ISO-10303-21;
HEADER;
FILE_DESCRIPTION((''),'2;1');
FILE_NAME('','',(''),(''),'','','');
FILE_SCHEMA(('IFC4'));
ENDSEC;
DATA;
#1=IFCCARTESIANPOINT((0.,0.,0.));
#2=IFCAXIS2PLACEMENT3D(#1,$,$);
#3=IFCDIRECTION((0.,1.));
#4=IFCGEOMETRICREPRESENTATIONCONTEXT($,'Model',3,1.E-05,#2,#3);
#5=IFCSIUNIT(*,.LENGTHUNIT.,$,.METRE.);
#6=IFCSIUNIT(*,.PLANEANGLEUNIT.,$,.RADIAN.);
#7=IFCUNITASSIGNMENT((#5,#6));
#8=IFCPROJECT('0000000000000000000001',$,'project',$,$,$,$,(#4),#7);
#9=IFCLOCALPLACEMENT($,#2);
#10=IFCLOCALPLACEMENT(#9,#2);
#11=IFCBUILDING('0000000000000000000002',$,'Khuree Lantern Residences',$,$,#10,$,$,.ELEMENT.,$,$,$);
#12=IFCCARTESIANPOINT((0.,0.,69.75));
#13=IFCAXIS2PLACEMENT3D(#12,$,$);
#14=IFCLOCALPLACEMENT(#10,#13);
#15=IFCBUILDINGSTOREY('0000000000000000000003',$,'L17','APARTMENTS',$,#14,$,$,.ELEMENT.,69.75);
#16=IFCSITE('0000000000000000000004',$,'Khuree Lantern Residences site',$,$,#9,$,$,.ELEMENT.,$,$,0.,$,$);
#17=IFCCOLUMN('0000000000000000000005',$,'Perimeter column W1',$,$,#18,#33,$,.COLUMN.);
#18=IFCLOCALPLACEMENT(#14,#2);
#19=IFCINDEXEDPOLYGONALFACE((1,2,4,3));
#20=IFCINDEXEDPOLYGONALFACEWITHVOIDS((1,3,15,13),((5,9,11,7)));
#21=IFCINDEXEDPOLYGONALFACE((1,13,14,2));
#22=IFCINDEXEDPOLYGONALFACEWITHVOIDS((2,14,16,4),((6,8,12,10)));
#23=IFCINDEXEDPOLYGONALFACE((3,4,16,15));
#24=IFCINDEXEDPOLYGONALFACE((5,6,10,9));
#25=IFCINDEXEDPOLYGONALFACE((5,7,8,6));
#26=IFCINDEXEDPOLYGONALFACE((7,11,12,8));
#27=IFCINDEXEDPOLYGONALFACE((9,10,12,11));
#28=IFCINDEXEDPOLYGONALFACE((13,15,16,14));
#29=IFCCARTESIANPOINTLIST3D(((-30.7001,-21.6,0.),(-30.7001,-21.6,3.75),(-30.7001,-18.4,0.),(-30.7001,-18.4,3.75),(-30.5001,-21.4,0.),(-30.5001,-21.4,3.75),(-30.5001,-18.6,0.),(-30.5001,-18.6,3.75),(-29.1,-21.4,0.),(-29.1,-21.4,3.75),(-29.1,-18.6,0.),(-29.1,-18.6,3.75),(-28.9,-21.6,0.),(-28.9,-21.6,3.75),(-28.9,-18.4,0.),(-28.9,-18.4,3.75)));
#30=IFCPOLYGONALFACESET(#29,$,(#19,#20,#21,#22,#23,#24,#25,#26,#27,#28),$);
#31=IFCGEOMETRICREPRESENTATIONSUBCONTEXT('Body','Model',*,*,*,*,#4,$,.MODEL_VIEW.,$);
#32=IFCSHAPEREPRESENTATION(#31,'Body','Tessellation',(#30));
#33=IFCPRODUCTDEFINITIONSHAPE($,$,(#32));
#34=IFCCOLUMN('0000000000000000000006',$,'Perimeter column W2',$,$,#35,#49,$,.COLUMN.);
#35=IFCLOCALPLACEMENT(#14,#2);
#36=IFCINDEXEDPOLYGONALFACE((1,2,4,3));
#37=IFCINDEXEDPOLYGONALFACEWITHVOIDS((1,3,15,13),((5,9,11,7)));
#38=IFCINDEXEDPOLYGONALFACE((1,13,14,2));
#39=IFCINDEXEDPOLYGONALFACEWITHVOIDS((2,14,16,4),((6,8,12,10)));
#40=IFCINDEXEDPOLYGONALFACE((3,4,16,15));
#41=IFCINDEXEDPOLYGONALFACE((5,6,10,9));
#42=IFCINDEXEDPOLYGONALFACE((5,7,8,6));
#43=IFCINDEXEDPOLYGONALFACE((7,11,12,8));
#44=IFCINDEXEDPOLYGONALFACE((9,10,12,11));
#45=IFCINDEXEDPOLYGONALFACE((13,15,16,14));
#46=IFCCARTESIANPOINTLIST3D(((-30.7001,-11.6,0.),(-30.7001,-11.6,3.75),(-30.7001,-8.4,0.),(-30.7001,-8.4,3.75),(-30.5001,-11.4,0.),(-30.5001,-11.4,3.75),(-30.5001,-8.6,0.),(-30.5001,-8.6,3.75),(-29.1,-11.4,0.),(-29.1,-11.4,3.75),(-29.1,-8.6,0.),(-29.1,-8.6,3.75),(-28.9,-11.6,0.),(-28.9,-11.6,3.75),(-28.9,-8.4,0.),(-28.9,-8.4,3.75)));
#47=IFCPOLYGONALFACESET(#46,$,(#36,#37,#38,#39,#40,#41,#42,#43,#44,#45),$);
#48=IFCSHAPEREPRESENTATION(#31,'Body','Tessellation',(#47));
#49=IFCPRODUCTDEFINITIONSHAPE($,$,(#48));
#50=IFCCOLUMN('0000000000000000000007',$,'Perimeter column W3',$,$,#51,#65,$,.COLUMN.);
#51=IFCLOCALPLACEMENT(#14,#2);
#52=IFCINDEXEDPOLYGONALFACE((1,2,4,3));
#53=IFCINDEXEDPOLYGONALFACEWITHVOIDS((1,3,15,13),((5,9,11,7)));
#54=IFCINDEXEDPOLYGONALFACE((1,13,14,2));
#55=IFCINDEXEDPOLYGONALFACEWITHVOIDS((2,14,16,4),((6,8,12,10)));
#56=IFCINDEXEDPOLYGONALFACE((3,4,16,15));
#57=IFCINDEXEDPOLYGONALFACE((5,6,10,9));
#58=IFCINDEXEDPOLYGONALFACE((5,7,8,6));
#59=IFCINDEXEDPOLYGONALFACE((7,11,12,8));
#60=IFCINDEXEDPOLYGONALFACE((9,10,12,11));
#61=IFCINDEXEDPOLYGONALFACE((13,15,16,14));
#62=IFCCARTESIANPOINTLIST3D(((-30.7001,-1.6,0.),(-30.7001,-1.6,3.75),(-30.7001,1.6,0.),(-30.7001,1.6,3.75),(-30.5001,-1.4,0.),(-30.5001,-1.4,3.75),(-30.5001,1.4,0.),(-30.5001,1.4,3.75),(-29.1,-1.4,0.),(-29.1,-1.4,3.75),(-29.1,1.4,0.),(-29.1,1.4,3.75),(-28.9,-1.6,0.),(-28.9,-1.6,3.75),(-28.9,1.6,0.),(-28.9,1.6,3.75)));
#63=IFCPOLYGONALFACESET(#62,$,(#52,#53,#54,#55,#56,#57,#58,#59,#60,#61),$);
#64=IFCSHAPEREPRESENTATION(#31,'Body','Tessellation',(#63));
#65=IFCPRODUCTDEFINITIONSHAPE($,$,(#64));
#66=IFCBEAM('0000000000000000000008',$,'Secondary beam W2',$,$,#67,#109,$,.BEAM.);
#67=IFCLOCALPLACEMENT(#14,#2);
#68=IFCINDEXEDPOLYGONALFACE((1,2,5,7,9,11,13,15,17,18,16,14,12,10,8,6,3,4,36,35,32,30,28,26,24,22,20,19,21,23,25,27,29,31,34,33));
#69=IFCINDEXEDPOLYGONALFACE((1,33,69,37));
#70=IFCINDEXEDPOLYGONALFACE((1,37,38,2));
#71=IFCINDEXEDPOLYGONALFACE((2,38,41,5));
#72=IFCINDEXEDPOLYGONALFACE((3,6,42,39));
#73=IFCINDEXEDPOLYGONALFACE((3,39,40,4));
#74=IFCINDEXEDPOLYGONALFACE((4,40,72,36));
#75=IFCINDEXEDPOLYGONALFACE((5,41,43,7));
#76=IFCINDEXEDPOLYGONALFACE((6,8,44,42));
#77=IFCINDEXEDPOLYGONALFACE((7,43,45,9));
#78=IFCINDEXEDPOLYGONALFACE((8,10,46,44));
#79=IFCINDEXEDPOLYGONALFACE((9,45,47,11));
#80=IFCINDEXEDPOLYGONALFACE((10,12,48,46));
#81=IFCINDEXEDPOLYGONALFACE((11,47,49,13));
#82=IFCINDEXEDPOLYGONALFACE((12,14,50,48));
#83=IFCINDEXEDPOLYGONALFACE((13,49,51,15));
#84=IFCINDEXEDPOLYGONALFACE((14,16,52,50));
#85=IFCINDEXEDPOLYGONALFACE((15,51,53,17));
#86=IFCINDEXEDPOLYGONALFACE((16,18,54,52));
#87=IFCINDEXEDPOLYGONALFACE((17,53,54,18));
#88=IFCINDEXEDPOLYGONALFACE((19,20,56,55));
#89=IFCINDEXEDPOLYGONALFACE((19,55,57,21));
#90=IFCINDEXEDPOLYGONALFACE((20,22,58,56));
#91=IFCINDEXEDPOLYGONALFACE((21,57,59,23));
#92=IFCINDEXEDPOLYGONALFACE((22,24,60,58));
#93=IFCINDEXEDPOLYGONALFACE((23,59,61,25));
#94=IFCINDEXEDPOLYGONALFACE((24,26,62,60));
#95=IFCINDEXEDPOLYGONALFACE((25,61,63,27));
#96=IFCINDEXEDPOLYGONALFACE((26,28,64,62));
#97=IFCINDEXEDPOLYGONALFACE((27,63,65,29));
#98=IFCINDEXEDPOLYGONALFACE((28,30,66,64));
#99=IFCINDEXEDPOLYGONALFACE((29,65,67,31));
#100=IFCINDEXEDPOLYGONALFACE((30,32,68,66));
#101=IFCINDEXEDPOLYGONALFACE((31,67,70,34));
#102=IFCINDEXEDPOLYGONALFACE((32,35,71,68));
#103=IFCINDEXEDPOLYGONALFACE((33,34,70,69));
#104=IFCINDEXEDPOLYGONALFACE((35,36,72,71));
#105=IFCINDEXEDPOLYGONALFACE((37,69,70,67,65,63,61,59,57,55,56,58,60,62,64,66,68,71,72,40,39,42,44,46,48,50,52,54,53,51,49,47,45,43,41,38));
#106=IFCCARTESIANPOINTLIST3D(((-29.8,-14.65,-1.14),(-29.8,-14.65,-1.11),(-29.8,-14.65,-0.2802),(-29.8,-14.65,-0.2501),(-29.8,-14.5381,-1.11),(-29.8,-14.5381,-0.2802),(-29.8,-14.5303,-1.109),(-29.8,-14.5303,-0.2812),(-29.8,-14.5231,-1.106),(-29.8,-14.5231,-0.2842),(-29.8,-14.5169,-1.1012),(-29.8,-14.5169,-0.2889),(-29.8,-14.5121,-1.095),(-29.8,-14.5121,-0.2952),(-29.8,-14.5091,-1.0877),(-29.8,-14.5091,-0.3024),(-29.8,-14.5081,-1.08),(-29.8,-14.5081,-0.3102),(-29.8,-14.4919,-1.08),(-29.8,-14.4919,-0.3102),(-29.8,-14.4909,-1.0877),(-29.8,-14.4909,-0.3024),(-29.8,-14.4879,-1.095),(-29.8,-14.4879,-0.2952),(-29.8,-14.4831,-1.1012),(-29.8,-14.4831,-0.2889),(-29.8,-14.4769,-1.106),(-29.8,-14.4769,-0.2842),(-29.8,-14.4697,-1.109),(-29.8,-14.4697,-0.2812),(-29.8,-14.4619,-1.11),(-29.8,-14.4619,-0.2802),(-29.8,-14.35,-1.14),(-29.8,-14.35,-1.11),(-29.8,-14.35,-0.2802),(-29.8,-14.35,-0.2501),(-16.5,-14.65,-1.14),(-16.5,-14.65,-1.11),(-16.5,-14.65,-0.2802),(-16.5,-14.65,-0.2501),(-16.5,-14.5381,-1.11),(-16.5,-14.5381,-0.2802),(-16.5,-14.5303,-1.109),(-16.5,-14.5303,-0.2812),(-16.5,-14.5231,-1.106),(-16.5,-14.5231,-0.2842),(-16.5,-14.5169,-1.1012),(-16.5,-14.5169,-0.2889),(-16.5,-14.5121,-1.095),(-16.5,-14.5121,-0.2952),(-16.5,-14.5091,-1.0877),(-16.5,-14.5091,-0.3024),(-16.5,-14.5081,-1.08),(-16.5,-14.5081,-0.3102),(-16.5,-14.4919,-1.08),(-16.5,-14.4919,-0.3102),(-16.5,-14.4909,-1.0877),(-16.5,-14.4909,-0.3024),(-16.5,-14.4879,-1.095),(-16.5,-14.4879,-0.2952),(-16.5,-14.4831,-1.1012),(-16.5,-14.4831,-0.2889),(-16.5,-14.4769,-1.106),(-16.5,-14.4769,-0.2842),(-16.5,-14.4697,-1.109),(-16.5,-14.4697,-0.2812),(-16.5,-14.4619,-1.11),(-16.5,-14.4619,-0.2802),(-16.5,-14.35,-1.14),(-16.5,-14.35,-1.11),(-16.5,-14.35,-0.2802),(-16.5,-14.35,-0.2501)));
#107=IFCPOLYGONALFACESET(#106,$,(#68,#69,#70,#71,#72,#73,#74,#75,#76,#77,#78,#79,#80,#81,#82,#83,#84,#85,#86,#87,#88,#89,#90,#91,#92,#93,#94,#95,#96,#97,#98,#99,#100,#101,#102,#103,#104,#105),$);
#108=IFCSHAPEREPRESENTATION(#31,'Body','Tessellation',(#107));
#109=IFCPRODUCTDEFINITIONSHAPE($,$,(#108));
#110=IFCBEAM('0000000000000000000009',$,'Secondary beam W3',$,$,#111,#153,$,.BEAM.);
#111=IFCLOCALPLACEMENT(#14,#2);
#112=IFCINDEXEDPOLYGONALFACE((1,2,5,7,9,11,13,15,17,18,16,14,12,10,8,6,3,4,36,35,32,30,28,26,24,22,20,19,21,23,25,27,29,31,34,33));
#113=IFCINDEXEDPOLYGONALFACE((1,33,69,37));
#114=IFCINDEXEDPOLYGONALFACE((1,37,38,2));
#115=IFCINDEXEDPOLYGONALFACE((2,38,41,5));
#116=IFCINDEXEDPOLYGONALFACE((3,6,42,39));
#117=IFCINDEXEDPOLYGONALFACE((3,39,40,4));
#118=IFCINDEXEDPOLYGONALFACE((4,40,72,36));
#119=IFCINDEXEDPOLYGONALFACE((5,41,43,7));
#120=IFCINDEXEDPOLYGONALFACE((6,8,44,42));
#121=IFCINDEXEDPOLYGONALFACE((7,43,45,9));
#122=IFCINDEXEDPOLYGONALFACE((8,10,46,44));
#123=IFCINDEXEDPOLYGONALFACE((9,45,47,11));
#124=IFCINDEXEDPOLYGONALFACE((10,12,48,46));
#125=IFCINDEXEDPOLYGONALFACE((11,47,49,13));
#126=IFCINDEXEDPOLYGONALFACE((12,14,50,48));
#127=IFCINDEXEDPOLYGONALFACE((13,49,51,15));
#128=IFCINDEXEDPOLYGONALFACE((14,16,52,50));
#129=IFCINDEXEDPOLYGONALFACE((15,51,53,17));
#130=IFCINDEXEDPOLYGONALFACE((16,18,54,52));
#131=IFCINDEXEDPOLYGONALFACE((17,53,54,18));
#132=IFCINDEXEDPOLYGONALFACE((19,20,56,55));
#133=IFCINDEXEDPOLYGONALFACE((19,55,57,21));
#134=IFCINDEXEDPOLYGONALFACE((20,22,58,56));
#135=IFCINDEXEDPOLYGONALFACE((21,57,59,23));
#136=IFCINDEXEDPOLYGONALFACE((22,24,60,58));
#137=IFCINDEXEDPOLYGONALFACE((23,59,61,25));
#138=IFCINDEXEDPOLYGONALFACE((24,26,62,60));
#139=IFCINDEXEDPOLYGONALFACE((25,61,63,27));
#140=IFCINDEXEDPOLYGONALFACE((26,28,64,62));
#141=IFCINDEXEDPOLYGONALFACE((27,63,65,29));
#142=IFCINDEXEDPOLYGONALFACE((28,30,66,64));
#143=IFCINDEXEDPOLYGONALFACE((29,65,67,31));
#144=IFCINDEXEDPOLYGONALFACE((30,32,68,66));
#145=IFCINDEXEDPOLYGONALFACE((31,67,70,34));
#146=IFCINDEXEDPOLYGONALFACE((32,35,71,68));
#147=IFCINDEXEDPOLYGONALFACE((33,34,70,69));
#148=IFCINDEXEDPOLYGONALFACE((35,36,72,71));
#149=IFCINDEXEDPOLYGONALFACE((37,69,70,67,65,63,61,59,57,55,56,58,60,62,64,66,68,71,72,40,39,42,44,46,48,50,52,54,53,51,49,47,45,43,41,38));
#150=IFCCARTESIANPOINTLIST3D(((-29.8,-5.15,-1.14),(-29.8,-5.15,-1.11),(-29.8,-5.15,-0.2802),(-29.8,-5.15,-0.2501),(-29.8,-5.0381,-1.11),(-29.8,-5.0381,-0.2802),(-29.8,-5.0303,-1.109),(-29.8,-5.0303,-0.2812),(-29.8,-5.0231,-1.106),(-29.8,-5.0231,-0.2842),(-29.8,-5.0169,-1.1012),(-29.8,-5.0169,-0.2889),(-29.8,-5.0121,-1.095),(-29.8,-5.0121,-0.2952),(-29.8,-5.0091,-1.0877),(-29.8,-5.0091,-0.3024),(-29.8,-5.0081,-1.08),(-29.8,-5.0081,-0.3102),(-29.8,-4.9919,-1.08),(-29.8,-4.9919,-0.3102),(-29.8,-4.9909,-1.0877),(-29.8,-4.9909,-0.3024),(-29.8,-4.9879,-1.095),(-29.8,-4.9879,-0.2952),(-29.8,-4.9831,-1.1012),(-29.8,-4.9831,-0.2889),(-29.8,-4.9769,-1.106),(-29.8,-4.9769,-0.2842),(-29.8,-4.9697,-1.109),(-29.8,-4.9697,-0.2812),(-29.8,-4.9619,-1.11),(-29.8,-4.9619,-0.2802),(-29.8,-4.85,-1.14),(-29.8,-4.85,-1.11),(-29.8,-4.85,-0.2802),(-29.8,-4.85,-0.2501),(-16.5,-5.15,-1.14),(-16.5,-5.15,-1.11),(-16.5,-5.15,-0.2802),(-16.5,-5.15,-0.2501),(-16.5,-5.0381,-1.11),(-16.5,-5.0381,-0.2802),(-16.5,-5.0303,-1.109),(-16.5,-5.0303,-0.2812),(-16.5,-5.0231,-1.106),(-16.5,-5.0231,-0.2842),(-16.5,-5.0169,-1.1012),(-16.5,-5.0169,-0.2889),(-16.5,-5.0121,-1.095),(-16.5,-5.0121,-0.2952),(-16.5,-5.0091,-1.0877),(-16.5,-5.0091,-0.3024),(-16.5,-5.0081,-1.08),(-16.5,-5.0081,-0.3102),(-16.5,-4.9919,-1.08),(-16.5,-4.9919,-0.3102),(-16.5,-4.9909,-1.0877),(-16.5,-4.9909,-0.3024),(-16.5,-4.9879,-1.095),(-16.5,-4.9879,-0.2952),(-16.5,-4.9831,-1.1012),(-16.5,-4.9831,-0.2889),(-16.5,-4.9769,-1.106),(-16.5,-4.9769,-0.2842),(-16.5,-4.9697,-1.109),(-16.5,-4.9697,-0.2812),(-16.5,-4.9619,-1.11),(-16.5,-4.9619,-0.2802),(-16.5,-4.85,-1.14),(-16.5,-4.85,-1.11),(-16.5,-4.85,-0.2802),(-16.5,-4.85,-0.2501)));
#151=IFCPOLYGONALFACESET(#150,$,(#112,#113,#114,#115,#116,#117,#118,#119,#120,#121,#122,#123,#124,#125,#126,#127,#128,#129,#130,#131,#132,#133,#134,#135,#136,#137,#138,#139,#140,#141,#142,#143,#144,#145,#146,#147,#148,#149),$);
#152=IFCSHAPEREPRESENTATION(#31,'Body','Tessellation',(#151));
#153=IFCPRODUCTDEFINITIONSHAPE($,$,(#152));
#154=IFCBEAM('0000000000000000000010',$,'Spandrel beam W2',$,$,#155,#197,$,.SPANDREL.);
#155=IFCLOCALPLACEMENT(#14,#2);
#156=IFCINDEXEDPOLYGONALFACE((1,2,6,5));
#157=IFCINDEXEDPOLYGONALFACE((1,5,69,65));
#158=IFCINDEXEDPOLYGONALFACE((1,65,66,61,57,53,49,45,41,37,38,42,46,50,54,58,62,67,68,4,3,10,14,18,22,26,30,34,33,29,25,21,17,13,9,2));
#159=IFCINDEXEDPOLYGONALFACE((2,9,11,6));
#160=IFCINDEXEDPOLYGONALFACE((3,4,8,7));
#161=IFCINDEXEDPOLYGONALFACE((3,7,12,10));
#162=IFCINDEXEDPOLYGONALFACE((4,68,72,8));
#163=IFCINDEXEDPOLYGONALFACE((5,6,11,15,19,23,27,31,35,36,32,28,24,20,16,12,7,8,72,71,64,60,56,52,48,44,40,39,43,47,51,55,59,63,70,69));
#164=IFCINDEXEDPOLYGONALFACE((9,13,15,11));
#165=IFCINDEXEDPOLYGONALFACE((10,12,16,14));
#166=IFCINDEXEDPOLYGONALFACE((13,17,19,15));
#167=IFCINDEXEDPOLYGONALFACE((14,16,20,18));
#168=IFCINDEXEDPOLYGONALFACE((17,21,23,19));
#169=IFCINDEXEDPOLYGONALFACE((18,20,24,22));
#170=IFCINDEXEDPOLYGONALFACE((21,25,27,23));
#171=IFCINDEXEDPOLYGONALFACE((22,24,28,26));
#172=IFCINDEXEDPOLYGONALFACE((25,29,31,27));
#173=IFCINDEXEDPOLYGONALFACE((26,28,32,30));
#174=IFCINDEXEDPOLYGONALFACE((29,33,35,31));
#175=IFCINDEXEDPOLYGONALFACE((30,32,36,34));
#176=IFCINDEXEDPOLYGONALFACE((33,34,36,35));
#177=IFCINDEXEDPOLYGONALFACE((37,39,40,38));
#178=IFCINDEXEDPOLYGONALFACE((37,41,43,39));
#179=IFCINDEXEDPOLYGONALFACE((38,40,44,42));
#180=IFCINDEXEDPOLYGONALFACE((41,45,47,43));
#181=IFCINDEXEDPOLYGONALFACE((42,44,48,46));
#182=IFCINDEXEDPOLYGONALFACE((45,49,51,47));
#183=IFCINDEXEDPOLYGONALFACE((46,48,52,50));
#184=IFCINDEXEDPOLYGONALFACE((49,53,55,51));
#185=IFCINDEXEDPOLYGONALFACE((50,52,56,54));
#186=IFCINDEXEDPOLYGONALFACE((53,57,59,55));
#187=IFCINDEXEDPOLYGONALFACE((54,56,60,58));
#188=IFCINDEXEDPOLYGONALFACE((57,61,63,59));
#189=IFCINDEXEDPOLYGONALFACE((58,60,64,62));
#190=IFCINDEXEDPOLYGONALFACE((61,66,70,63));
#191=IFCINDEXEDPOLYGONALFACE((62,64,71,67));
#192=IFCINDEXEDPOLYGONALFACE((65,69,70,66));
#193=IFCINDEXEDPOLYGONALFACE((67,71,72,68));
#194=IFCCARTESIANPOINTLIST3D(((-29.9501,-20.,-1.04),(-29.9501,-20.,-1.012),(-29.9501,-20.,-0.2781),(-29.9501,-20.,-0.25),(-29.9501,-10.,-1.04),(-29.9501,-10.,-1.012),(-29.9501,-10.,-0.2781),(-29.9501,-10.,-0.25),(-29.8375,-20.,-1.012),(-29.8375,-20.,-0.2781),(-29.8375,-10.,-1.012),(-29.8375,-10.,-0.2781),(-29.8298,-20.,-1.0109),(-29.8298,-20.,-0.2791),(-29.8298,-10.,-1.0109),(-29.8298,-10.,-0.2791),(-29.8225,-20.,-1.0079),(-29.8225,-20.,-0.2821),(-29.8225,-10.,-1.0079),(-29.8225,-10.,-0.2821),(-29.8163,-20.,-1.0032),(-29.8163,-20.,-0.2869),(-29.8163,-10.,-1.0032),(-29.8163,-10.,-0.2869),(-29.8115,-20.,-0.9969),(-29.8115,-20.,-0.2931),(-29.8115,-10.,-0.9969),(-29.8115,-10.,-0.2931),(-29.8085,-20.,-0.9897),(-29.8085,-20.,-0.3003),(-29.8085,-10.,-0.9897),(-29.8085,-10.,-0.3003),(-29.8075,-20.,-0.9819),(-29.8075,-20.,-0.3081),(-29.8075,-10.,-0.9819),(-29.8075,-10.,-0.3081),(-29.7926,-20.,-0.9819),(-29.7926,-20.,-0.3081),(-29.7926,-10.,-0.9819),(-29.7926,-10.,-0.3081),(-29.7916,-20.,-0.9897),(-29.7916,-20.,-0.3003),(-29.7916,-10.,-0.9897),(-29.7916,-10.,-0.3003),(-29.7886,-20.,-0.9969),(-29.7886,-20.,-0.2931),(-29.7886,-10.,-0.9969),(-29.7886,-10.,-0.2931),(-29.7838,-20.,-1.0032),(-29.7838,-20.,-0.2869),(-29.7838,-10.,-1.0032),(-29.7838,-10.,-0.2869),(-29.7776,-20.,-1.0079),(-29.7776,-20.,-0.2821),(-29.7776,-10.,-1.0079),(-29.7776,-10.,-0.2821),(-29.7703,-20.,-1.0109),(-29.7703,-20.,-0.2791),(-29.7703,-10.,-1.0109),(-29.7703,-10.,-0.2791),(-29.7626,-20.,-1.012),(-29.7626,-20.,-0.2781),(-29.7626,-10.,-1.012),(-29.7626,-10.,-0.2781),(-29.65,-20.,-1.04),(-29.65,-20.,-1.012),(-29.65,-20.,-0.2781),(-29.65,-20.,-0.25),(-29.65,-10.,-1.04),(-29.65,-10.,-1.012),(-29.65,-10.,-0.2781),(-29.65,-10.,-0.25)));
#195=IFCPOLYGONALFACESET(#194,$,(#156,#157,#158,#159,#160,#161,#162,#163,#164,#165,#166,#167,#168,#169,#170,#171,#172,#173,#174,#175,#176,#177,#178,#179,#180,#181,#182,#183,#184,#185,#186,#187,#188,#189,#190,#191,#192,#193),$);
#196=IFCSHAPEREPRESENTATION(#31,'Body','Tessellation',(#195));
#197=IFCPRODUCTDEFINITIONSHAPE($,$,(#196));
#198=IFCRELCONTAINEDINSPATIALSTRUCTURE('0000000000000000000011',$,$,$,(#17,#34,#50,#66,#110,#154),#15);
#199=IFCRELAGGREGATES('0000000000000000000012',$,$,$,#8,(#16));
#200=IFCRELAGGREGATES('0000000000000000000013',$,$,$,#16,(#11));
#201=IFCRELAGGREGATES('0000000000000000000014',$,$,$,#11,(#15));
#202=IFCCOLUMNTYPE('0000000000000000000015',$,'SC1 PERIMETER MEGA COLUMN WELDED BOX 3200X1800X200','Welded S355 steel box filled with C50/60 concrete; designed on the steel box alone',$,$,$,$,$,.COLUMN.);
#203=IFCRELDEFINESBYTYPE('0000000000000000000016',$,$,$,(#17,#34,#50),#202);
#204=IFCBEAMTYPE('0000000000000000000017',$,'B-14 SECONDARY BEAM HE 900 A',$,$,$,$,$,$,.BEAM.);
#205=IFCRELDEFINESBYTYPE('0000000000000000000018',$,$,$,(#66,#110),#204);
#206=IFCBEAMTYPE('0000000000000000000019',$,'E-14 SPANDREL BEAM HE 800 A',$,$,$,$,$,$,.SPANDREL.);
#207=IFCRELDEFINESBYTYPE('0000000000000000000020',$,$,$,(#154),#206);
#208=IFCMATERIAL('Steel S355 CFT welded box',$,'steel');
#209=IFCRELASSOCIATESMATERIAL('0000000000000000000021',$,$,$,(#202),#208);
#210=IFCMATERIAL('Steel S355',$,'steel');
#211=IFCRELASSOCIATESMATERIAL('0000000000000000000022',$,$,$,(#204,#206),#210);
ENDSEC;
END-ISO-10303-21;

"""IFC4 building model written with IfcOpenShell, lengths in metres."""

from ifc_helpers import new_model, si_unit, direction, frame, origin, origin_2d, place, context, subcontext, project, spatial, hollow_rectangle, i_section, extrude, material, material_profile, profile_set, type_object, element, save


model = new_model("IFC4")

# Units and contexts
model_context = context("Model", 3, precision=1e-05, world=origin(), true_north=direction((0.0, 1.0)))
body_context = subcontext(model_context, "Body", "Model", "MODEL_VIEW")
ifc_project = project(units=[si_unit("LENGTHUNIT", "METRE"), si_unit("PLANEANGLEUNIT", "RADIAN")], contexts=[model_context])

# Site, building, storey
site_placement = place(None, origin())
site = spatial("IfcSite", under=ifc_project, at=site_placement, Name="Khuree Lantern Residences site", CompositionType="ELEMENT", RefElevation=0.0)
building_placement = place(site_placement, origin())
building = spatial("IfcBuilding", under=site, at=building_placement, Name="Khuree Lantern Residences", CompositionType="ELEMENT")
storey_placement = place(building_placement, frame((0.0, 0.0, 69.75)))
storey = spatial("IfcBuildingStorey", under=building, at=storey_placement, Name="L17", Description="APARTMENTS", CompositionType="ELEMENT", Elevation=69.75)

# Columns
ifc_material_1 = material(Name="Steel S355 CFT welded box", Category="steel")
ifc_material_profile_1 = material_profile(ifc_material_1, hollow_rectangle(XDim=3.2, YDim=1.8, WallThickness=0.2, at=origin_2d()), Name="WELDED BOX 3200X1800X200")
ifc_profile_set_1 = profile_set([ifc_material_profile_1], Name="Steel S355 CFT welded box")
column_type = type_object("IfcColumnType", Name="SC1 PERIMETER MEGA COLUMN WELDED BOX 3200X1800X200", Description="Welded S355 steel box filled with C50/60 concrete; designed on the steel box alone", PredefinedType="COLUMN", material=ifc_profile_set_1)
for number, where, z_axis, x_axis, name in (
    (1, (-29.8, -20.0, 0.0), (0.0, 0.0, 1.0), (0.0, 1.0, 0.0), "Perimeter column W1"),
    (2, (-29.8, -10.0, 0.0), (0.0, 0.0, 1.0), (0.0, 1.0, 0.0), "Perimeter column W2"),
    (3, (-29.8, 0.0, 0.0), (0.0, 0.0, 1.0), (0.0, 1.0, 0.0), "Perimeter column W3"),
):
    element("IfcColumn", number, at=place(storey_placement, frame(where, z_axis=z_axis, x_axis=x_axis)), inside=storey, type_object=column_type, Name=name, PredefinedType="COLUMN", context=body_context, shape_type="SweptSolid", body=[
        extrude(hollow_rectangle(XDim=3.2, YDim=1.8, WallThickness=0.2, at=origin_2d()), origin(), (0.0, 0.0, 1.0), 3.75),
    ])

# Beams
ifc_material_2 = material(Name="Steel S355", Category="steel")
ifc_material_profile_2 = material_profile(ifc_material_2, i_section(OverallWidth=0.3, OverallDepth=0.8899, WebThickness=0.0161, FlangeThickness=0.03, FilletRadius=0.03, at=origin_2d()), Name="HE 900 A")
ifc_profile_set_2 = profile_set([ifc_material_profile_2], Name="Steel S355")
beam_type_1 = type_object("IfcBeamType", Name="B-14 SECONDARY BEAM HE 900 A", PredefinedType="BEAM", material=ifc_profile_set_2)
for number, where, z_axis, x_axis, name in (
    (4, (-29.8, -14.5, -0.6951), (1.0, 0.0, 0.0), (0.0, 1.0, 0.0), "Secondary beam W2"),
    (5, (-29.8, -5.0, -0.6951), (1.0, 0.0, 0.0), (0.0, 1.0, 0.0), "Secondary beam W3"),
):
    element("IfcBeam", number, at=place(storey_placement, frame(where, z_axis=z_axis, x_axis=x_axis)), inside=storey, type_object=beam_type_1, Name=name, PredefinedType="BEAM", context=body_context, shape_type="SweptSolid", body=[
        extrude(i_section(OverallWidth=0.3, OverallDepth=0.8899, WebThickness=0.0161, FlangeThickness=0.03, FilletRadius=0.03, at=origin_2d()), origin(), (0.0, 0.0, 1.0), 13.3),
    ])
ifc_material_profile_3 = material_profile(ifc_material_2, i_section(OverallWidth=0.3, OverallDepth=0.79, WebThickness=0.0149, FlangeThickness=0.0281, FilletRadius=0.03, at=origin_2d()), Name="HE 800 A")
ifc_profile_set_3 = profile_set([ifc_material_profile_3], Name="Steel S355")
beam_type_2 = type_object("IfcBeamType", Name="E-14 SPANDREL BEAM HE 800 A", PredefinedType="SPANDREL", material=ifc_profile_set_3)
for number, where, z_axis, x_axis, name in (
    (6, (-29.8, -20.0, -0.645), (0.0, 1.0, 0.0), (-1.0, 0.0, 0.0), "Spandrel beam W2"),
):
    element("IfcBeam", number, at=place(storey_placement, frame(where, z_axis=z_axis, x_axis=x_axis)), inside=storey, type_object=beam_type_2, Name=name, PredefinedType="SPANDREL", context=body_context, shape_type="SweptSolid", body=[
        extrude(i_section(OverallWidth=0.3, OverallDepth=0.79, WebThickness=0.0149, FlangeThickness=0.0281, FilletRadius=0.03, at=origin_2d()), origin(), (0.0, 0.0, 1.0), 10.0),
    ])

save(model, "model.ifc")
